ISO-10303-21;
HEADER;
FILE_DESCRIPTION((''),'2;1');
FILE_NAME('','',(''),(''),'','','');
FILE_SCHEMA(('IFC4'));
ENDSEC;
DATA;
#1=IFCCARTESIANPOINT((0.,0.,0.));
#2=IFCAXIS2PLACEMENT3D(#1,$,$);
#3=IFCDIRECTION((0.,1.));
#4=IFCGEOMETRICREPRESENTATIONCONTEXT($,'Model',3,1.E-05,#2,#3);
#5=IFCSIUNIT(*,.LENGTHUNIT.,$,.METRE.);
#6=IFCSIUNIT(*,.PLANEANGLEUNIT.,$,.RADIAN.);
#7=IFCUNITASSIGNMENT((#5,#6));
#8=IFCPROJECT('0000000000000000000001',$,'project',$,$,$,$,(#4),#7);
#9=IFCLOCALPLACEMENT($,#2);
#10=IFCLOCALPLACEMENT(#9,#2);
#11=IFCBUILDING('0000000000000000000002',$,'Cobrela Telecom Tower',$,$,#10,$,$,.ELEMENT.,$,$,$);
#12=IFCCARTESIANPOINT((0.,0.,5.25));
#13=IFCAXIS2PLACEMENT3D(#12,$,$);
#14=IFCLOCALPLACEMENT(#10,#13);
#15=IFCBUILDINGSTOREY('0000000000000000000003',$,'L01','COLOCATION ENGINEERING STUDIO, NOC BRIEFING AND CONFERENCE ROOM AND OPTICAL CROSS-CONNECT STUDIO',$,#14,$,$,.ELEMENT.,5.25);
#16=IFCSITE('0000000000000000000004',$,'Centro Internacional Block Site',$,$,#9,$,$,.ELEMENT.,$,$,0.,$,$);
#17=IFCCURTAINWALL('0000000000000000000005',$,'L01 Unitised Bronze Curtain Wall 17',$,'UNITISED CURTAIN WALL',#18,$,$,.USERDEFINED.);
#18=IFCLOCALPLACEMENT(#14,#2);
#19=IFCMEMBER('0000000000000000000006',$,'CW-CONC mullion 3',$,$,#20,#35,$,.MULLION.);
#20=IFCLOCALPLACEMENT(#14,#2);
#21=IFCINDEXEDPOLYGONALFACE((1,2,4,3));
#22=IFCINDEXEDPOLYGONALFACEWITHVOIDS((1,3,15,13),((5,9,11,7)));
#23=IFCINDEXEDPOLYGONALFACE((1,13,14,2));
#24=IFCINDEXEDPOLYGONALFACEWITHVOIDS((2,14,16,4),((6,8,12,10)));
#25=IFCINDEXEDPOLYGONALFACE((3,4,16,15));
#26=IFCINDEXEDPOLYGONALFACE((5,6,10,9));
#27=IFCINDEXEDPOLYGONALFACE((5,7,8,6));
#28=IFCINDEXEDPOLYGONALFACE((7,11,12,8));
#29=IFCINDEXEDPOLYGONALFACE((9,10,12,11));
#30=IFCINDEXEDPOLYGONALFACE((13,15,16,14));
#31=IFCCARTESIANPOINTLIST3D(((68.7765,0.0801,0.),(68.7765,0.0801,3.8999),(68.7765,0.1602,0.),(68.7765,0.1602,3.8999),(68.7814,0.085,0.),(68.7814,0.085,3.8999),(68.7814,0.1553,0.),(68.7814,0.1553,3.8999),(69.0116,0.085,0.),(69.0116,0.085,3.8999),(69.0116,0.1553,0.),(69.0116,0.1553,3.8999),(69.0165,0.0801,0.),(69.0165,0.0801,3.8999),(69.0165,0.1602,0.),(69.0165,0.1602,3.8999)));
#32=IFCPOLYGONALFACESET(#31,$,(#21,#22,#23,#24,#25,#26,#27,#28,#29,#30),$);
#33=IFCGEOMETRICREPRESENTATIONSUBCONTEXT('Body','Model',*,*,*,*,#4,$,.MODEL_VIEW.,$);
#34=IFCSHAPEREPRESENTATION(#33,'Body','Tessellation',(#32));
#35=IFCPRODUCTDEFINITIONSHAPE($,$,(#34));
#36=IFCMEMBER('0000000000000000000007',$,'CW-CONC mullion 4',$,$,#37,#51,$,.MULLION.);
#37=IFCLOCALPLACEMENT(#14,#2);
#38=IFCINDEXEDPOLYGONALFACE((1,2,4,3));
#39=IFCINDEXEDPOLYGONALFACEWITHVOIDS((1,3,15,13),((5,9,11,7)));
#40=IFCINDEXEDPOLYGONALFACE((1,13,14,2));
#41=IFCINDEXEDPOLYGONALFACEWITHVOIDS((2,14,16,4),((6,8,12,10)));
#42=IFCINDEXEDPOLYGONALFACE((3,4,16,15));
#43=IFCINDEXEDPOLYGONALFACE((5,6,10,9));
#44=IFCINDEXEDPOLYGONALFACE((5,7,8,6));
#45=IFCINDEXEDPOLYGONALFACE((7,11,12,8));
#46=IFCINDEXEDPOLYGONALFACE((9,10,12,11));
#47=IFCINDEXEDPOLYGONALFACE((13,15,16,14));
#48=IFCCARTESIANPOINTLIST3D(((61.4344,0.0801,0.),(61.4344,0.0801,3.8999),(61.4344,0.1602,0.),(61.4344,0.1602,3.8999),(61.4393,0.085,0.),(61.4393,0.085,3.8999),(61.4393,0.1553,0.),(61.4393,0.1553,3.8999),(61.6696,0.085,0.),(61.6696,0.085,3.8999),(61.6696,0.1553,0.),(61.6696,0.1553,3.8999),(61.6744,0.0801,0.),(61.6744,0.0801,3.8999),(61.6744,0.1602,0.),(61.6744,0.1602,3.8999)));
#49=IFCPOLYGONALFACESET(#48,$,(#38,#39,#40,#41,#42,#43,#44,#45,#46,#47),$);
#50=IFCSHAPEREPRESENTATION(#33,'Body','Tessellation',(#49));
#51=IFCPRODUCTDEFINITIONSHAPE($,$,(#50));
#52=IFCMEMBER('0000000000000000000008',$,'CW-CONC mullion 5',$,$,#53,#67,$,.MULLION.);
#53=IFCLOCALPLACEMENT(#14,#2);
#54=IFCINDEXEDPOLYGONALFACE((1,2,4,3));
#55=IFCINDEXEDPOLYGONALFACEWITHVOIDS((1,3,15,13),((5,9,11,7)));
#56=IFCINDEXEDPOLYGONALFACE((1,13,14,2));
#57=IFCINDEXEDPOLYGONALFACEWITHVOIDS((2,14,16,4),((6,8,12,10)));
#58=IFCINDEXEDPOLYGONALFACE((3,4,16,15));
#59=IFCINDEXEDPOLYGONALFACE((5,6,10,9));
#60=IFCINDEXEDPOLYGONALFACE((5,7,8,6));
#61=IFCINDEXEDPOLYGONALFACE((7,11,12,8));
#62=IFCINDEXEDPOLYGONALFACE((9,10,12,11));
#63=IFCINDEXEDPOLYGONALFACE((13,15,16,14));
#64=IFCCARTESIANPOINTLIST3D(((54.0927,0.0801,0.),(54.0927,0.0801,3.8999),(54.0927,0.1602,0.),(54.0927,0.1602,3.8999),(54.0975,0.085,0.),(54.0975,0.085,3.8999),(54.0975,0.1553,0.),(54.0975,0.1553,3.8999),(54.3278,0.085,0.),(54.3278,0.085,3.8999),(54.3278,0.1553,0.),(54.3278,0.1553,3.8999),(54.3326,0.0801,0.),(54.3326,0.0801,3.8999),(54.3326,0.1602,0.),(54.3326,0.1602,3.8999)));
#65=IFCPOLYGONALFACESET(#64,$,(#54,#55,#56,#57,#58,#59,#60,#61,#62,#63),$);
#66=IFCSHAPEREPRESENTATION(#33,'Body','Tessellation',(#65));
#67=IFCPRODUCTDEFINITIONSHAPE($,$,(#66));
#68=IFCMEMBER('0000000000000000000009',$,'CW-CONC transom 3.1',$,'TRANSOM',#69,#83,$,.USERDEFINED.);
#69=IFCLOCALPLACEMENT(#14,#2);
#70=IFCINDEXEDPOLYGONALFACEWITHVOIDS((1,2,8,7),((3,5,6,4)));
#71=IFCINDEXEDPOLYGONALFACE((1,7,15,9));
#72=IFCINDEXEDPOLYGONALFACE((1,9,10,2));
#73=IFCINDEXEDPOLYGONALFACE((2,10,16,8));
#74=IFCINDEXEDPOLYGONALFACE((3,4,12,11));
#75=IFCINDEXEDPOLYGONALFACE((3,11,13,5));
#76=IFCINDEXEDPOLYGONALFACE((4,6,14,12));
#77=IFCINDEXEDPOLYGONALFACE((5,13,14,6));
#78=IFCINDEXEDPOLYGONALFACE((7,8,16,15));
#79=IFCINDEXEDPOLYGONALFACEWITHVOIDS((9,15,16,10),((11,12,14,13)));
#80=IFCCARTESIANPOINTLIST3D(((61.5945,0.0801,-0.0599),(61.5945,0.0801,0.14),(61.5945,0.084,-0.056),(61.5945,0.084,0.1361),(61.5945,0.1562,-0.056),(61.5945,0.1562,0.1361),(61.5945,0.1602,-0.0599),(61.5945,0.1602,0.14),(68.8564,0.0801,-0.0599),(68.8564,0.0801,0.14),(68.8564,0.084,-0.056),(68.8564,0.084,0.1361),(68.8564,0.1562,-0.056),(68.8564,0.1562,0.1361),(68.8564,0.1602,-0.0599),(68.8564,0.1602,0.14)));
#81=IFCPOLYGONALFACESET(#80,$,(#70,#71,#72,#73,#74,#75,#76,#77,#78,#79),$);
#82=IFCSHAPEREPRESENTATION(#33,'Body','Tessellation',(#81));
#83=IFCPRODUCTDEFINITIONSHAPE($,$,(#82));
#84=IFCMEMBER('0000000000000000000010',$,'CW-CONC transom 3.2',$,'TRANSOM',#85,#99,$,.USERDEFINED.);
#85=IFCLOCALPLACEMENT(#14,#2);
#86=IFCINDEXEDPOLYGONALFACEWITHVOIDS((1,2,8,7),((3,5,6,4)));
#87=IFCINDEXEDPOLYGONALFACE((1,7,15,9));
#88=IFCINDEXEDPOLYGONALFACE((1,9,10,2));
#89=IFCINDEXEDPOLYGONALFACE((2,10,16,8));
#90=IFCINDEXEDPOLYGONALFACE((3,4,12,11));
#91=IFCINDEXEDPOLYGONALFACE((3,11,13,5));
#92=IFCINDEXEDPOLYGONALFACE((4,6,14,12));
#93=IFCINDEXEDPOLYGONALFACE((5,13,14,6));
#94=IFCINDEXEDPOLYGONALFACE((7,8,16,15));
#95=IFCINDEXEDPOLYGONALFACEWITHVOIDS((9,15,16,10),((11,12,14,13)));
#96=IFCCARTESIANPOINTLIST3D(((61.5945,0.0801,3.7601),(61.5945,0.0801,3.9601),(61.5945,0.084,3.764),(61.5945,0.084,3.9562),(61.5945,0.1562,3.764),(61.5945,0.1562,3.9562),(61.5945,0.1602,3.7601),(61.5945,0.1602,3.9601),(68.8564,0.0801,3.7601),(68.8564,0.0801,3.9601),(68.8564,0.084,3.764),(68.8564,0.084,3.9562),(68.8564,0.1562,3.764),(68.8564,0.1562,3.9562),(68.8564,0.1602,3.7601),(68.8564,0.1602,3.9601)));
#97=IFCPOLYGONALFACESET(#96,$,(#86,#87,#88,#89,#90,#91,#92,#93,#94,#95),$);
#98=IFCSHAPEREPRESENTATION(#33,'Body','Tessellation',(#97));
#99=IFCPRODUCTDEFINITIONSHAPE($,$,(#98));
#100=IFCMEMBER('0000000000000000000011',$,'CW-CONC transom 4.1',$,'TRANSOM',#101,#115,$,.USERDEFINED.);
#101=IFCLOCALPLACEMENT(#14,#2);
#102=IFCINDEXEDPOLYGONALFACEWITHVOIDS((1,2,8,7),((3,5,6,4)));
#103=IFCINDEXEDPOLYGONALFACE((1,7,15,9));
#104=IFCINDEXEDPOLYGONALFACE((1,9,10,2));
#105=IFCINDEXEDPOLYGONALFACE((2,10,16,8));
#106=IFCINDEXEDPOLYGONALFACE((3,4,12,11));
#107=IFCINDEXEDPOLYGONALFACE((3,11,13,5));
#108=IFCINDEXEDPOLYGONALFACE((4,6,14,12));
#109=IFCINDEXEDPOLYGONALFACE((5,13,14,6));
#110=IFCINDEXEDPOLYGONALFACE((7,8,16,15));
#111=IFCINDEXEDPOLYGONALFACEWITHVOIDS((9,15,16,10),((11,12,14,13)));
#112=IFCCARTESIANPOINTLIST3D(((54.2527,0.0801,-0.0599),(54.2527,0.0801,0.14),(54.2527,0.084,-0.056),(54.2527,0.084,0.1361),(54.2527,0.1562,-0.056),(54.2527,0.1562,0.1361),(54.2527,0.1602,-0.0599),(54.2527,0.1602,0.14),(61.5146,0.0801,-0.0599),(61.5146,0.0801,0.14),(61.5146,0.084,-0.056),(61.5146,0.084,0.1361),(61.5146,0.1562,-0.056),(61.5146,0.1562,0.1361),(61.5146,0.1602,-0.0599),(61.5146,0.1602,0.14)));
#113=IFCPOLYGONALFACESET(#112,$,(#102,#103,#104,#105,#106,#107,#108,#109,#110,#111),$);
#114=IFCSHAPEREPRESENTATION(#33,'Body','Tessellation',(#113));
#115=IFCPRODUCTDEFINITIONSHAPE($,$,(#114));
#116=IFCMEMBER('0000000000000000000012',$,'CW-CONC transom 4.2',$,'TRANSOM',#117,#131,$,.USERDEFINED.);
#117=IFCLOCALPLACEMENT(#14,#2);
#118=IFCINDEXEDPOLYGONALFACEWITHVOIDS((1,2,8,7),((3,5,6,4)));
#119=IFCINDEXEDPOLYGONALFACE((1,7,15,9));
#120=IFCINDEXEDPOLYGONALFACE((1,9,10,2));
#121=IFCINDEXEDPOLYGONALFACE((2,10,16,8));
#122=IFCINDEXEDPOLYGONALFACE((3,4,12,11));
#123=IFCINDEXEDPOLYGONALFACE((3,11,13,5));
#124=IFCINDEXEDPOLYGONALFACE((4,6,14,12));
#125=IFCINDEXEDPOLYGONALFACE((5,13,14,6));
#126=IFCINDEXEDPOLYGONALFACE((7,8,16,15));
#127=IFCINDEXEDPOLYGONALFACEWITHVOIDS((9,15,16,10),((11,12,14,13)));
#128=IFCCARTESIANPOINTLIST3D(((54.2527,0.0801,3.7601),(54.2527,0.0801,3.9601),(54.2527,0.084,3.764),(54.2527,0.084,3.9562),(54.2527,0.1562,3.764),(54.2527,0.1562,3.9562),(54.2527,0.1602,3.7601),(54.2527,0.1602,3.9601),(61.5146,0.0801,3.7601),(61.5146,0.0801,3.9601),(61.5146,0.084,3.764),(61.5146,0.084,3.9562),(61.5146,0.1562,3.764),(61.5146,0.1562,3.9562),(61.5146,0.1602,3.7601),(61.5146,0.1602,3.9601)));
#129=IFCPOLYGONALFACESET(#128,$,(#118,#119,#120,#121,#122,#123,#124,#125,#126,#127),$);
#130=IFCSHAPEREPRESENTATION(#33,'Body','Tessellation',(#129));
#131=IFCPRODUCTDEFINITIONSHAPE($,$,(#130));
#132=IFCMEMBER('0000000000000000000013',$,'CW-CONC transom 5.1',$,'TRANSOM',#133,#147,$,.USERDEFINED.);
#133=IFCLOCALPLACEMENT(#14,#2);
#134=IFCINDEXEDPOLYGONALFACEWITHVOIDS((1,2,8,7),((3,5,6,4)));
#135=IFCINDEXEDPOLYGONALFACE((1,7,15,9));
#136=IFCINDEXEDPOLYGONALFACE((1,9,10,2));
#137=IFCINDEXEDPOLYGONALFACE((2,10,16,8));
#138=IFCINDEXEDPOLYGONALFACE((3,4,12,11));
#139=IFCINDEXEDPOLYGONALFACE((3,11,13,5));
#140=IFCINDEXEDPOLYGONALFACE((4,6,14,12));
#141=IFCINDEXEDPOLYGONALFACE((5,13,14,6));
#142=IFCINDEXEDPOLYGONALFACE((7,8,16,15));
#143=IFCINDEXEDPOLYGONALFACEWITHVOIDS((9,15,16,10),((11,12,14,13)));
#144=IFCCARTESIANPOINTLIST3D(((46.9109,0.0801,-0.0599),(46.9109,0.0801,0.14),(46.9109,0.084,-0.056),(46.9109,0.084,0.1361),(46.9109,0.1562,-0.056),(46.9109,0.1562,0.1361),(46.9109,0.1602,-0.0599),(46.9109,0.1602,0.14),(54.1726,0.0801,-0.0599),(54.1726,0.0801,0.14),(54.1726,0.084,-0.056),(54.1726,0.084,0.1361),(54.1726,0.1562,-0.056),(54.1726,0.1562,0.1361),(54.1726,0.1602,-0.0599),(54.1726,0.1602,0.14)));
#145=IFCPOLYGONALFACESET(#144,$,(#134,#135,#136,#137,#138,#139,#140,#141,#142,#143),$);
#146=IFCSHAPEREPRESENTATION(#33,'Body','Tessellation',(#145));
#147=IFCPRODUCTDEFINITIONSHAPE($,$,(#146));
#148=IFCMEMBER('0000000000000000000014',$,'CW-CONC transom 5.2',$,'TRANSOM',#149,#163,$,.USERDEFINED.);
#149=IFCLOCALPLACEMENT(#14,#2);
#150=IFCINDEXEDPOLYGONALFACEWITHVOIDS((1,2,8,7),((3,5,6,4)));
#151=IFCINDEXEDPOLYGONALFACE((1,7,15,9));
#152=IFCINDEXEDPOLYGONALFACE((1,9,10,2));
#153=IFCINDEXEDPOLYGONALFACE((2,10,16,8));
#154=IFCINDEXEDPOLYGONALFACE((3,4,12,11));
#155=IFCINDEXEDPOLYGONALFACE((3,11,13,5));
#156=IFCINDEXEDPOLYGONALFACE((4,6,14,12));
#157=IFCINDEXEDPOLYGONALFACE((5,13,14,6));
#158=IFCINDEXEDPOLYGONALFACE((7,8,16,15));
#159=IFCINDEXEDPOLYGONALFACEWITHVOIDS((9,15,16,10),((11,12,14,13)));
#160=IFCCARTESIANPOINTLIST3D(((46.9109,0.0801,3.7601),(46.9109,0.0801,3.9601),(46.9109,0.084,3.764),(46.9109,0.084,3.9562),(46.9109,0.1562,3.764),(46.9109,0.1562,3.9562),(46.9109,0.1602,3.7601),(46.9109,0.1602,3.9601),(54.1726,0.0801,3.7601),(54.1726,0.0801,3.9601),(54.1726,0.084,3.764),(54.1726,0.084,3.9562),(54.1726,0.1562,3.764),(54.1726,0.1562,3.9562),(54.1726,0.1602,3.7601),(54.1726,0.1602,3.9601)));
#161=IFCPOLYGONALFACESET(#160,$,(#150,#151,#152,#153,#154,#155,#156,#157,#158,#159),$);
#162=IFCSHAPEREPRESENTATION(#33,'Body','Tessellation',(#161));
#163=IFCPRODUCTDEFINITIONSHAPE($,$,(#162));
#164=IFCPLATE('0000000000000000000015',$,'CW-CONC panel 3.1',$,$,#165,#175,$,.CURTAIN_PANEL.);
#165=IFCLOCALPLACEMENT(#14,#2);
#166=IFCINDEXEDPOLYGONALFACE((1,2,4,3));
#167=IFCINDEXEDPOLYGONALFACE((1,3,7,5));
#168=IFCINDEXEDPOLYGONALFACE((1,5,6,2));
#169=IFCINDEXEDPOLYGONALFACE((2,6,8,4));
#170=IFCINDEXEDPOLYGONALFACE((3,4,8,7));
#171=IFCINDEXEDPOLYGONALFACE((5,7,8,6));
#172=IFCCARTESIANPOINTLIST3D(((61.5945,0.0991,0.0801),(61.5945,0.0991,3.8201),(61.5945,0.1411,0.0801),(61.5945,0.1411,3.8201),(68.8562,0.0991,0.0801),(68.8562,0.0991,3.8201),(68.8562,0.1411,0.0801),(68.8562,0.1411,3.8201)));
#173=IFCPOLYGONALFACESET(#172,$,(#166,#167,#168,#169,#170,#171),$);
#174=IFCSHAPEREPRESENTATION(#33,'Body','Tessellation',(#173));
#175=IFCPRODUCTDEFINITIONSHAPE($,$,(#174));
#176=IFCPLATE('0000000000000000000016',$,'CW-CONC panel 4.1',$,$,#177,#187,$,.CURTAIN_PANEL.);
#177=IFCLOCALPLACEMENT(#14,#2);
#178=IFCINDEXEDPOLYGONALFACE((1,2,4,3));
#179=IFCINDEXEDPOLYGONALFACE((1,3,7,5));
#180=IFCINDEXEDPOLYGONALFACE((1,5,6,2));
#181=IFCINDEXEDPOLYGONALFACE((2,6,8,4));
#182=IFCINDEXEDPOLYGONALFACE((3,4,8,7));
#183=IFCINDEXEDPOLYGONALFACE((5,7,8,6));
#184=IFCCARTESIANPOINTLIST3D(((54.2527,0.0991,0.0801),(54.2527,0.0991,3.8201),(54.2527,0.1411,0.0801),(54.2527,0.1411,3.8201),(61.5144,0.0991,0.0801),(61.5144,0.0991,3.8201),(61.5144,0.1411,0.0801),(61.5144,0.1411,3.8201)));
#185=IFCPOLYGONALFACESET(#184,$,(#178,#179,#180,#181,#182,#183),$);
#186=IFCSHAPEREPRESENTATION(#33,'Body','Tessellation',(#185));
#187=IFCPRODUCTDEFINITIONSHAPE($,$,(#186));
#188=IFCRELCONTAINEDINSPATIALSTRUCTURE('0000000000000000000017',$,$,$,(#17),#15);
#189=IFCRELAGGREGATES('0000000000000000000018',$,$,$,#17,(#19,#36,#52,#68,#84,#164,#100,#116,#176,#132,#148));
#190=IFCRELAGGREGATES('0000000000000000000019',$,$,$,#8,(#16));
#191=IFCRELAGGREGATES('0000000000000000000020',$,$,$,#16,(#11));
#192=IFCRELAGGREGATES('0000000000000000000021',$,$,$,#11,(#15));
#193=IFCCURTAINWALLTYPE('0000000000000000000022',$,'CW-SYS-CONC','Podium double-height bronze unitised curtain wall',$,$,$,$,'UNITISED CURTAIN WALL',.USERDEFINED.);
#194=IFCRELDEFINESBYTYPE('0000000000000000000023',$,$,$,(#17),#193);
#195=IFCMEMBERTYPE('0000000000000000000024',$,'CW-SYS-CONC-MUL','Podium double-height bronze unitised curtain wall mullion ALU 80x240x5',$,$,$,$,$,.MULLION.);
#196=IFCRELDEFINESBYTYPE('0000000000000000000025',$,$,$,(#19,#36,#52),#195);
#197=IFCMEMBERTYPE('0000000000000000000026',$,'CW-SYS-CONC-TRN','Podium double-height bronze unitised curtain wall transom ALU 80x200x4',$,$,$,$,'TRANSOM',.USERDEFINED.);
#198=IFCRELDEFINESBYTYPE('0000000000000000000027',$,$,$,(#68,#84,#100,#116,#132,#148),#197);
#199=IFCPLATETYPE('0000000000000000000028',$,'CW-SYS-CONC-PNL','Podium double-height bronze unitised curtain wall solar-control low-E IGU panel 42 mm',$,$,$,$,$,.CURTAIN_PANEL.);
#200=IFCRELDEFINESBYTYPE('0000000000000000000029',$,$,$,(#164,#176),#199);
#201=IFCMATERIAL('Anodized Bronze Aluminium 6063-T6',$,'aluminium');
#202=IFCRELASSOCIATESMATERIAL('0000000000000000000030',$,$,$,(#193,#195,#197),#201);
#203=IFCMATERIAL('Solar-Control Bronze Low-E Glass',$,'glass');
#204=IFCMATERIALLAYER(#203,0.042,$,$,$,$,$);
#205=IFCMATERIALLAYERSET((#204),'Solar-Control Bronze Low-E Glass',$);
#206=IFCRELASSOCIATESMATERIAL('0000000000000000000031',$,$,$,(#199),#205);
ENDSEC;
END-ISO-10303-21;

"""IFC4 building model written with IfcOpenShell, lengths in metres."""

from ifc_helpers import new_model, si_unit, direction, frame, origin, origin_2d, place, context, subcontext, project, spatial, rectangle, hollow_rectangle, extrude, material, layer, layer_set, material_profile, profile_set, type_object, element, aggregate, save


model = new_model("IFC4")

# Units and contexts
model_context = context("Model", 3, precision=1e-05, world=origin(), true_north=direction((0.0, 1.0)))
body_context = subcontext(model_context, "Body", "Model", "MODEL_VIEW")
ifc_project = project(units=[si_unit("LENGTHUNIT", "METRE"), si_unit("PLANEANGLEUNIT", "RADIAN")], contexts=[model_context])

# Site, building, storey
site_placement = place(None, origin())
site = spatial("IfcSite", under=ifc_project, at=site_placement, Name="Centro Internacional Block Site", CompositionType="ELEMENT", RefElevation=0.0)
building_placement = place(site_placement, origin())
building = spatial("IfcBuilding", under=site, at=building_placement, Name="Cobrela Telecom Tower", CompositionType="ELEMENT")
storey_placement = place(building_placement, frame((0.0, 0.0, 5.25)))
storey = spatial("IfcBuildingStorey", under=building, at=storey_placement, Name="L01", Description="COLOCATION ENGINEERING STUDIO, NOC BRIEFING AND CONFERENCE ROOM AND OPTICAL CROSS-CONNECT STUDIO", CompositionType="ELEMENT", Elevation=5.25)

# Curtain wall, members, plates
ifc_material_1 = material(Name="Anodized Bronze Aluminium 6063-T6", Category="aluminium")
curtain_wall_type = type_object("IfcCurtainWallType", Name="CW-SYS-CONC", Description="Podium double-height bronze unitised curtain wall", ElementType="UNITISED CURTAIN WALL", PredefinedType="USERDEFINED", material=ifc_material_1)
curtain_wall_placement = place(storey_placement, origin())
curtain_wall = element("IfcCurtainWall", 1, at=curtain_wall_placement, inside=storey, type_object=curtain_wall_type, Name="L01 Unitised Bronze Curtain Wall 17", ObjectType="UNITISED CURTAIN WALL", PredefinedType="USERDEFINED")
ifc_material_profile_1 = material_profile(ifc_material_1, hollow_rectangle(XDim=0.0801, YDim=0.24, WallThickness=0.0049, at=origin_2d()), Name="ALU 80x240x5")
ifc_profile_set_1 = profile_set([ifc_material_profile_1], Name="Anodized Bronze Aluminium 6063-T6")
member_type_1 = type_object("IfcMemberType", Name="CW-SYS-CONC-MUL", Description="Podium double-height bronze unitised curtain wall mullion ALU 80x240x5", PredefinedType="MULLION", material=ifc_profile_set_1)
member_1_placement = place(storey_placement, frame((68.8965, 0.1201, 0.0), z_axis=(0.0, 0.0, 1.0), x_axis=(0.0, -1.0, 0.0)))
member_1 = element("IfcMember", 2, at=member_1_placement, type_object=member_type_1, Name="CW-CONC mullion 3", PredefinedType="MULLION", context=body_context, shape_type="SweptSolid", body=[
    extrude(hollow_rectangle(XDim=0.0801, YDim=0.24, WallThickness=0.0049, at=origin_2d()), origin(), (0.0, 0.0, 1.0), 3.8999),
])
member_2_placement = place(storey_placement, frame((61.5544, 0.1201, 0.0), z_axis=(0.0, 0.0, 1.0), x_axis=(0.0, -1.0, 0.0)))
member_2 = element("IfcMember", 3, at=member_2_placement, type_object=member_type_1, Name="CW-CONC mullion 4", PredefinedType="MULLION", context=body_context, shape_type="SweptSolid", body=[
    extrude(hollow_rectangle(XDim=0.0801, YDim=0.24, WallThickness=0.0049, at=origin_2d()), origin(), (0.0, 0.0, 1.0), 3.8999),
])
member_3_placement = place(storey_placement, frame((54.2126, 0.1201, 0.0), z_axis=(0.0, 0.0, 1.0), x_axis=(0.0, -1.0, 0.0)))
member_3 = element("IfcMember", 4, at=member_3_placement, type_object=member_type_1, Name="CW-CONC mullion 5", PredefinedType="MULLION", context=body_context, shape_type="SweptSolid", body=[
    extrude(hollow_rectangle(XDim=0.0801, YDim=0.24, WallThickness=0.0049, at=origin_2d()), origin(), (0.0, 0.0, 1.0), 3.8999),
])
ifc_material_profile_2 = material_profile(ifc_material_1, hollow_rectangle(XDim=0.0801, YDim=0.2, WallThickness=0.0039, at=origin_2d()), Name="ALU 80x200x4")
ifc_profile_set_2 = profile_set([ifc_material_profile_2], Name="Anodized Bronze Aluminium 6063-T6")
member_type_2 = type_object("IfcMemberType", Name="CW-SYS-CONC-TRN", Description="Podium double-height bronze unitised curtain wall transom ALU 80x200x4", ElementType="TRANSOM", PredefinedType="USERDEFINED", material=ifc_profile_set_2)
member_4_placement = place(storey_placement, frame((68.8564, 0.1201, 0.04), z_axis=(-1.0, 0.0, 0.0), x_axis=(0.0, -1.0, 0.0)))
member_4 = element("IfcMember", 5, at=member_4_placement, type_object=member_type_2, Name="CW-CONC transom 3.1", ObjectType="TRANSOM", PredefinedType="USERDEFINED", context=body_context, shape_type="SweptSolid", body=[
    extrude(hollow_rectangle(XDim=0.0801, YDim=0.2, WallThickness=0.0039, at=origin_2d()), origin(), (0.0, 0.0, 1.0), 7.262),
])
member_5_placement = place(storey_placement, frame((68.8564, 0.1201, 3.8601), z_axis=(-1.0, 0.0, 0.0), x_axis=(0.0, -1.0, 0.0)))
member_5 = element("IfcMember", 6, at=member_5_placement, type_object=member_type_2, Name="CW-CONC transom 3.2", ObjectType="TRANSOM", PredefinedType="USERDEFINED", context=body_context, shape_type="SweptSolid", body=[
    extrude(hollow_rectangle(XDim=0.0801, YDim=0.2, WallThickness=0.0039, at=origin_2d()), origin(), (0.0, 0.0, 1.0), 7.262),
])
member_6_placement = place(storey_placement, frame((61.5146, 0.1201, 0.04), z_axis=(-1.0, 0.0, 0.0), x_axis=(0.0, -1.0, 0.0)))
member_6 = element("IfcMember", 7, at=member_6_placement, type_object=member_type_2, Name="CW-CONC transom 4.1", ObjectType="TRANSOM", PredefinedType="USERDEFINED", context=body_context, shape_type="SweptSolid", body=[
    extrude(hollow_rectangle(XDim=0.0801, YDim=0.2, WallThickness=0.0039, at=origin_2d()), origin(), (0.0, 0.0, 1.0), 7.262),
])
member_7_placement = place(storey_placement, frame((61.5146, 0.1201, 3.8601), z_axis=(-1.0, 0.0, 0.0), x_axis=(0.0, -1.0, 0.0)))
member_7 = element("IfcMember", 8, at=member_7_placement, type_object=member_type_2, Name="CW-CONC transom 4.2", ObjectType="TRANSOM", PredefinedType="USERDEFINED", context=body_context, shape_type="SweptSolid", body=[
    extrude(hollow_rectangle(XDim=0.0801, YDim=0.2, WallThickness=0.0039, at=origin_2d()), origin(), (0.0, 0.0, 1.0), 7.262),
])
member_8_placement = place(storey_placement, frame((54.1726, 0.1201, 0.04), z_axis=(-1.0, 0.0, 0.0), x_axis=(0.0, -1.0, 0.0)))
member_8 = element("IfcMember", 9, at=member_8_placement, type_object=member_type_2, Name="CW-CONC transom 5.1", ObjectType="TRANSOM", PredefinedType="USERDEFINED", context=body_context, shape_type="SweptSolid", body=[
    extrude(hollow_rectangle(XDim=0.0801, YDim=0.2, WallThickness=0.0039, at=origin_2d()), origin(), (0.0, 0.0, 1.0), 7.2617),
])
member_9_placement = place(storey_placement, frame((54.1726, 0.1201, 3.8601), z_axis=(-1.0, 0.0, 0.0), x_axis=(0.0, -1.0, 0.0)))
member_9 = element("IfcMember", 10, at=member_9_placement, type_object=member_type_2, Name="CW-CONC transom 5.2", ObjectType="TRANSOM", PredefinedType="USERDEFINED", context=body_context, shape_type="SweptSolid", body=[
    extrude(hollow_rectangle(XDim=0.0801, YDim=0.2, WallThickness=0.0039, at=origin_2d()), origin(), (0.0, 0.0, 1.0), 7.2617),
])
ifc_material_2 = material(Name="Solar-Control Bronze Low-E Glass", Category="glass")
ifc_layer_1 = layer(ifc_material_2, 0.042)
ifc_layer_set_1 = layer_set([ifc_layer_1], Name="Solar-Control Bronze Low-E Glass")
plate_type_1 = type_object("IfcPlateType", Name="CW-SYS-CONC-PNL", Description="Podium double-height bronze unitised curtain wall solar-control low-E IGU panel 42 mm", PredefinedType="CURTAIN_PANEL", material=ifc_layer_set_1)
plate_1_placement = place(storey_placement, frame((65.2253, 0.1201, 0.0801), z_axis=(0.0, 0.0, 1.0), x_axis=(-1.0, 0.0, 0.0)))
plate_1 = element("IfcPlate", 11, at=plate_1_placement, type_object=plate_type_1, Name="CW-CONC panel 3.1", PredefinedType="CURTAIN_PANEL", context=body_context, shape_type="SweptSolid", body=[
    extrude(rectangle(XDim=7.2617, YDim=0.042, at=origin_2d()), origin(), (0.0, 0.0, 1.0), 3.74),
])
plate_2_placement = place(storey_placement, frame((57.8835, 0.1201, 0.0801), z_axis=(0.0, 0.0, 1.0), x_axis=(-1.0, 0.0, 0.0)))
plate_2 = element("IfcPlate", 12, at=plate_2_placement, type_object=plate_type_1, Name="CW-CONC panel 4.1", PredefinedType="CURTAIN_PANEL", context=body_context, shape_type="SweptSolid", body=[
    extrude(rectangle(XDim=7.2617, YDim=0.042, at=origin_2d()), origin(), (0.0, 0.0, 1.0), 3.74),
])
aggregate(curtain_wall, [member_1, member_2, member_3, member_4, member_5, plate_1, member_6, member_7, plate_2, member_8, member_9])

save(model, "model.ifc")
